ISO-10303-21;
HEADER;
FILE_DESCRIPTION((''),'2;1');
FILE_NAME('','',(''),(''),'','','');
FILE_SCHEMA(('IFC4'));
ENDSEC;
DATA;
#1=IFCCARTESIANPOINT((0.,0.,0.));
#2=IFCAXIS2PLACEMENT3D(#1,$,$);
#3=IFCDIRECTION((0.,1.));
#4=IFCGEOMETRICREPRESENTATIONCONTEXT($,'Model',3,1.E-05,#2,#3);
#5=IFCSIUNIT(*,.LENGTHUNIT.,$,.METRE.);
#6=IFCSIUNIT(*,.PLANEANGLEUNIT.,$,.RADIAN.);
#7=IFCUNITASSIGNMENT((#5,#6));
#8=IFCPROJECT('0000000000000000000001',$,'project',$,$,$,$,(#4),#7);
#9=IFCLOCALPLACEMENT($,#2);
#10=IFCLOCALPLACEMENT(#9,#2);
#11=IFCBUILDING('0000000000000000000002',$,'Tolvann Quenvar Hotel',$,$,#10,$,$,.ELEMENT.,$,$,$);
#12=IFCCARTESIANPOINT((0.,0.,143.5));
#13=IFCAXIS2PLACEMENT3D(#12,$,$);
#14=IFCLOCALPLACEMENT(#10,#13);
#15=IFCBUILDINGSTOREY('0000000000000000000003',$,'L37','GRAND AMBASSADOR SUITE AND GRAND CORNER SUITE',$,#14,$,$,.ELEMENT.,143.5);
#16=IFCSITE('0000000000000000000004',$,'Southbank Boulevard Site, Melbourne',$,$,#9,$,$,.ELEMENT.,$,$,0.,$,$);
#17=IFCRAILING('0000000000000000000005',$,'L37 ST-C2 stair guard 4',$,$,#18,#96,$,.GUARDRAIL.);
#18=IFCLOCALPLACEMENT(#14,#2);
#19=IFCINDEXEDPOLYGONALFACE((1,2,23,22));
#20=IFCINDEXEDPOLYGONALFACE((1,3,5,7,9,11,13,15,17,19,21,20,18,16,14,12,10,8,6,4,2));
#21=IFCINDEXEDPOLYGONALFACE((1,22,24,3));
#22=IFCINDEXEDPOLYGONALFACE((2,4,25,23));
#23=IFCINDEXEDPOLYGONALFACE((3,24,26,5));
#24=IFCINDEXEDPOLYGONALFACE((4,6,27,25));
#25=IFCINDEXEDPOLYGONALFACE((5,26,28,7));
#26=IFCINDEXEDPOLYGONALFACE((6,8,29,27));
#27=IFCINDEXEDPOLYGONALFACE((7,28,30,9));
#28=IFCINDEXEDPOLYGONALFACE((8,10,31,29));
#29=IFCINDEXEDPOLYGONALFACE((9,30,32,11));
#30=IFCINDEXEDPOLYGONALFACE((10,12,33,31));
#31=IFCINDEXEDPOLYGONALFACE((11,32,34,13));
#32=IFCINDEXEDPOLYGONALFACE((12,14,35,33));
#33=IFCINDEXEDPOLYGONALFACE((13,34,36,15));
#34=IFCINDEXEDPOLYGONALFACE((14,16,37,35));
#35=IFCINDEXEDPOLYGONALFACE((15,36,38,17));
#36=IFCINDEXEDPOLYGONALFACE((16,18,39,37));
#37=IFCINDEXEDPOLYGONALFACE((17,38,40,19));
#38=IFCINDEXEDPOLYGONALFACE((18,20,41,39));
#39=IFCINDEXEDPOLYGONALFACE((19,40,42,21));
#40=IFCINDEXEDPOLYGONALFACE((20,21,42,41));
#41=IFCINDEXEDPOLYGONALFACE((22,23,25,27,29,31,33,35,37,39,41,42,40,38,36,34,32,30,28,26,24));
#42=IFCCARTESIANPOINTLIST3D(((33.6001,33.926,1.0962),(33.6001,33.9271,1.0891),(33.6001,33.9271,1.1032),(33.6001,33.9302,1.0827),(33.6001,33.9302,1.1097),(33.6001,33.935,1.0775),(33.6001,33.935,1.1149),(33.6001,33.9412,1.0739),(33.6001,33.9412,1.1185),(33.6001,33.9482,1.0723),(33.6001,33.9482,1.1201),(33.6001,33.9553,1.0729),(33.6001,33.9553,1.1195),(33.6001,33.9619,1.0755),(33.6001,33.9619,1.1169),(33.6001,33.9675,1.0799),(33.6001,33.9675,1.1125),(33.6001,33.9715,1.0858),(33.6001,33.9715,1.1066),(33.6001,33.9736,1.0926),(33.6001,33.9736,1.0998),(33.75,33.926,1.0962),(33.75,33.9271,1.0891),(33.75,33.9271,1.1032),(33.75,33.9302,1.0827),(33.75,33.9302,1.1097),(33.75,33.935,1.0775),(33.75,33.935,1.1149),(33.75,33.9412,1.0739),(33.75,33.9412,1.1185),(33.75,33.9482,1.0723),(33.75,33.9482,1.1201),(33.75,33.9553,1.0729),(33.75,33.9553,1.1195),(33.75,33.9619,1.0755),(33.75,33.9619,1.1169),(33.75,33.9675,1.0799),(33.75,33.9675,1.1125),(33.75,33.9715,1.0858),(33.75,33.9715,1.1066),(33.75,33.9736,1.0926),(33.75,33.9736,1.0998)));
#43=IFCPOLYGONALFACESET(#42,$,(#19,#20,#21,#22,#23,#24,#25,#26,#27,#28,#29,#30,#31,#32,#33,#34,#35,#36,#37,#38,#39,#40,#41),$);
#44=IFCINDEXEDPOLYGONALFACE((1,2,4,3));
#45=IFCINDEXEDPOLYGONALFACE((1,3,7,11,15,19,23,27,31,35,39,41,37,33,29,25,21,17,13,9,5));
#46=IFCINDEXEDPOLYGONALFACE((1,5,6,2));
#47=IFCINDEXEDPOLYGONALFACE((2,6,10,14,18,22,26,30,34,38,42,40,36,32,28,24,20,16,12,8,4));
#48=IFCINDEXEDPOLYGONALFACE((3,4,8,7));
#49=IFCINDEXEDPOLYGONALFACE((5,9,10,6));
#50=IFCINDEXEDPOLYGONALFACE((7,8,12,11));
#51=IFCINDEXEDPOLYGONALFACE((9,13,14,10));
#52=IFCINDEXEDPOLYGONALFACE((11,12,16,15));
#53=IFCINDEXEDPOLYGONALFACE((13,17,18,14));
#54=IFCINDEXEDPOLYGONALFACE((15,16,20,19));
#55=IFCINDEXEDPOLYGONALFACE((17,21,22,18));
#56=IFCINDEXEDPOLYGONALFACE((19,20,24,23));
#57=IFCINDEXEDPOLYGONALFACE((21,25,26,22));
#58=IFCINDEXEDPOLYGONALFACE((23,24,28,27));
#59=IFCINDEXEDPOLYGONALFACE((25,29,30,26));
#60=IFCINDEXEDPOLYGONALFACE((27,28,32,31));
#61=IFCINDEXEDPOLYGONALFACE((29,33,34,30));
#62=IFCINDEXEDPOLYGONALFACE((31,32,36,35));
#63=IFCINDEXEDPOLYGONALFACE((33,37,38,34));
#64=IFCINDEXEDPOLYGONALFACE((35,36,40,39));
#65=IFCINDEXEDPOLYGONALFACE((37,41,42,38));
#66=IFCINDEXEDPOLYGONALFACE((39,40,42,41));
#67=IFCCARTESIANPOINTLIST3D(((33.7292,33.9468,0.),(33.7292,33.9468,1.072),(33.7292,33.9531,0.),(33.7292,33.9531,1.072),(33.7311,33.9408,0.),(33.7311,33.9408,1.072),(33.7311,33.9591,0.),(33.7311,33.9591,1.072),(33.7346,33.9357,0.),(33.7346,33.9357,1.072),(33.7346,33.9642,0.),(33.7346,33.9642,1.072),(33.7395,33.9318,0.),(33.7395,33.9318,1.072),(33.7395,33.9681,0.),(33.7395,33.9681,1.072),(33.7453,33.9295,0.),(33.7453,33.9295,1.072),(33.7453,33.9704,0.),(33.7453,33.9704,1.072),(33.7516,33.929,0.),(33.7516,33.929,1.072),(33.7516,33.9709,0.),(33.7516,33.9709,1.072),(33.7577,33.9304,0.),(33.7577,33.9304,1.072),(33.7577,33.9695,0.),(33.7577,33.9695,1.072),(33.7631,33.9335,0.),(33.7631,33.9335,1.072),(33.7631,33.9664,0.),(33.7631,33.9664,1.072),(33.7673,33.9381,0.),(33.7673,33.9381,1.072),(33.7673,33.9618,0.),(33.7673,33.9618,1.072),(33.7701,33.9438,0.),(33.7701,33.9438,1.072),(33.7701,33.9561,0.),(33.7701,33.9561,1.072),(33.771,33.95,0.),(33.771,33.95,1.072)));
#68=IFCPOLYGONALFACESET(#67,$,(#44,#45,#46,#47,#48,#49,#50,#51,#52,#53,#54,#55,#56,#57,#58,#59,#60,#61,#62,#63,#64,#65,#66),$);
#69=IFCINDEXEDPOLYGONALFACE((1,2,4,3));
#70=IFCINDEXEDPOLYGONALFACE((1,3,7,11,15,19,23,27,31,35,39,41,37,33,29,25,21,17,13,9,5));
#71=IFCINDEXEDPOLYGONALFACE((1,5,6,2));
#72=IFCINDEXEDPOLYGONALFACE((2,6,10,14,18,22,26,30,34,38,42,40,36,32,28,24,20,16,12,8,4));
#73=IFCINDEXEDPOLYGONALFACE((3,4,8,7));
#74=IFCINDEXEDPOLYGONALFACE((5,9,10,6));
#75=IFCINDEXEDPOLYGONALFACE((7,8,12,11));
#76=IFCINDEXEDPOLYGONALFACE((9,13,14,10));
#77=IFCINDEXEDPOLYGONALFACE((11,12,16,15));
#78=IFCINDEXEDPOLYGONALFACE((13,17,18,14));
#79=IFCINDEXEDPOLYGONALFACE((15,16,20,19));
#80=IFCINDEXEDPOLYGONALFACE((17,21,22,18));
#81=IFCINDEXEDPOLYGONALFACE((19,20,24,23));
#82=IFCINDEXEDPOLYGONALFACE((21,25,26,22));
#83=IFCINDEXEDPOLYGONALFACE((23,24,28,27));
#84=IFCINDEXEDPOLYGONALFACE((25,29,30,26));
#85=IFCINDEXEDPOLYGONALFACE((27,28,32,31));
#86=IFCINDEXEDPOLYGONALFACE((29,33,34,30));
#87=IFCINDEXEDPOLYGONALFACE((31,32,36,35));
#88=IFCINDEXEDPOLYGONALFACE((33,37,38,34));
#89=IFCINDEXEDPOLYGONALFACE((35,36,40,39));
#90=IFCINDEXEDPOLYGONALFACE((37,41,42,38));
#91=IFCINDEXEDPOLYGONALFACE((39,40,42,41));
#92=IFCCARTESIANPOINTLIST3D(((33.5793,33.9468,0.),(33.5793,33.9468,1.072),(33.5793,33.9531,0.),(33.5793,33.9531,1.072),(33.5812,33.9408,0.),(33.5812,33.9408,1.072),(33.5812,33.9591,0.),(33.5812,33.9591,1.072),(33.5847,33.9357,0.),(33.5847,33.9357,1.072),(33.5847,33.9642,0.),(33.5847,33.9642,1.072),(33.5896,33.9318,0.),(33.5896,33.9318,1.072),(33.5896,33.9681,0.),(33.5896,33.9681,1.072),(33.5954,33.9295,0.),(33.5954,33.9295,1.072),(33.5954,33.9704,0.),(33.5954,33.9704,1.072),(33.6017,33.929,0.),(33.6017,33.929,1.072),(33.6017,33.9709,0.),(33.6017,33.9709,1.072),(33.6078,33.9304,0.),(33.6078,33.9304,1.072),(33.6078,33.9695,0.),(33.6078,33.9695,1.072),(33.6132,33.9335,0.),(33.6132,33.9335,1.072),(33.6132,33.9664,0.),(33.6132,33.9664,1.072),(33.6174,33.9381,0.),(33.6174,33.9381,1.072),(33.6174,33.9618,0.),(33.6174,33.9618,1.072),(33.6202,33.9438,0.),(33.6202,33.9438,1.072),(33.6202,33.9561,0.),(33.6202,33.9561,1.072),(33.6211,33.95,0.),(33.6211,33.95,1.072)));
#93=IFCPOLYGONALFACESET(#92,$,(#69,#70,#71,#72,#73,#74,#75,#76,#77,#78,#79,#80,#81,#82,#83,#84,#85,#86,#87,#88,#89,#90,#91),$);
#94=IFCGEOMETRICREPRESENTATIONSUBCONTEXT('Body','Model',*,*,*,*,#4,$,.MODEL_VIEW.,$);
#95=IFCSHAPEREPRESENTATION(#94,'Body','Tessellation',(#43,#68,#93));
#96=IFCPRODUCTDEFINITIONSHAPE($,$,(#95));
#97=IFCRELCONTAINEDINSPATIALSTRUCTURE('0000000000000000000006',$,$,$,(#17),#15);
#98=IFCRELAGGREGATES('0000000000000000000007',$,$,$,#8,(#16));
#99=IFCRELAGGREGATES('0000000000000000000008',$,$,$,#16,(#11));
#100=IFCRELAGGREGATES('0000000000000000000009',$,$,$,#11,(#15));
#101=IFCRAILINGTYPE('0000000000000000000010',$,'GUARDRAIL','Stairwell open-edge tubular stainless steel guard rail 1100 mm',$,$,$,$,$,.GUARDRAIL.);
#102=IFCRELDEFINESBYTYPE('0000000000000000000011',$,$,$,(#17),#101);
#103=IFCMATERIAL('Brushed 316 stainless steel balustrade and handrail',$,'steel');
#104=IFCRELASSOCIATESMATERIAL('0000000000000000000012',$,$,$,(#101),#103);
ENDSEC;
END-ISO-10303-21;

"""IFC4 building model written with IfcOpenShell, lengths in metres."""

from ifc_helpers import new_model, si_unit, direction, frame, origin, origin_2d, place, context, subcontext, project, spatial, circle, extrude, material, type_object, element, save


model = new_model("IFC4")

# Units and contexts
model_context = context("Model", 3, precision=1e-05, world=origin(), true_north=direction((0.0, 1.0)))
body_context = subcontext(model_context, "Body", "Model", "MODEL_VIEW")
ifc_project = project(units=[si_unit("LENGTHUNIT", "METRE"), si_unit("PLANEANGLEUNIT", "RADIAN")], contexts=[model_context])

# Site, building, storey
site_placement = place(None, origin())
site = spatial("IfcSite", under=ifc_project, at=site_placement, Name="Southbank Boulevard Site, Melbourne", CompositionType="ELEMENT", RefElevation=0.0)
building_placement = place(site_placement, origin())
building = spatial("IfcBuilding", under=site, at=building_placement, Name="Tolvann Quenvar Hotel", CompositionType="ELEMENT")
storey_placement = place(building_placement, frame((0.0, 0.0, 143.5)))
storey = spatial("IfcBuildingStorey", under=building, at=storey_placement, Name="L37", Description="GRAND AMBASSADOR SUITE AND GRAND CORNER SUITE", CompositionType="ELEMENT", Elevation=143.5)

# Railing
ifc_material_1 = material(Name="Brushed 316 stainless steel balustrade and handrail", Category="steel")
railing_type_1 = type_object("IfcRailingType", Name="GUARDRAIL", Description="Stairwell open-edge tubular stainless steel guard rail 1100 mm", PredefinedType="GUARDRAIL", material=ifc_material_1)
railing_1_placement = place(storey_placement, frame((33.75, 33.95, 0.0)))
element("IfcRailing", 1, at=railing_1_placement, inside=storey, type_object=railing_type_1, Name="L37 ST-C2 stair guard 4", PredefinedType="GUARDRAIL", context=body_context, shape_type="SweptSolid", body=[
    extrude(circle(Radius=0.0239, at=origin_2d()), frame((0.0, 0.0, 1.0962), z_axis=(-1.0, 0.0, 0.0), x_axis=(0.0, -1.0, 0.0)), (0.0, 0.0, 1.0), 0.1499),
    extrude(circle(Radius=0.021, at=origin_2d()), origin(), (0.0, 0.0, 1.0), 1.072),
    extrude(circle(Radius=0.021, at=origin_2d()), frame((-0.1499, 0.0, 0.0)), (0.0, 0.0, 1.0), 1.072),
])

save(model, "model.ifc")
